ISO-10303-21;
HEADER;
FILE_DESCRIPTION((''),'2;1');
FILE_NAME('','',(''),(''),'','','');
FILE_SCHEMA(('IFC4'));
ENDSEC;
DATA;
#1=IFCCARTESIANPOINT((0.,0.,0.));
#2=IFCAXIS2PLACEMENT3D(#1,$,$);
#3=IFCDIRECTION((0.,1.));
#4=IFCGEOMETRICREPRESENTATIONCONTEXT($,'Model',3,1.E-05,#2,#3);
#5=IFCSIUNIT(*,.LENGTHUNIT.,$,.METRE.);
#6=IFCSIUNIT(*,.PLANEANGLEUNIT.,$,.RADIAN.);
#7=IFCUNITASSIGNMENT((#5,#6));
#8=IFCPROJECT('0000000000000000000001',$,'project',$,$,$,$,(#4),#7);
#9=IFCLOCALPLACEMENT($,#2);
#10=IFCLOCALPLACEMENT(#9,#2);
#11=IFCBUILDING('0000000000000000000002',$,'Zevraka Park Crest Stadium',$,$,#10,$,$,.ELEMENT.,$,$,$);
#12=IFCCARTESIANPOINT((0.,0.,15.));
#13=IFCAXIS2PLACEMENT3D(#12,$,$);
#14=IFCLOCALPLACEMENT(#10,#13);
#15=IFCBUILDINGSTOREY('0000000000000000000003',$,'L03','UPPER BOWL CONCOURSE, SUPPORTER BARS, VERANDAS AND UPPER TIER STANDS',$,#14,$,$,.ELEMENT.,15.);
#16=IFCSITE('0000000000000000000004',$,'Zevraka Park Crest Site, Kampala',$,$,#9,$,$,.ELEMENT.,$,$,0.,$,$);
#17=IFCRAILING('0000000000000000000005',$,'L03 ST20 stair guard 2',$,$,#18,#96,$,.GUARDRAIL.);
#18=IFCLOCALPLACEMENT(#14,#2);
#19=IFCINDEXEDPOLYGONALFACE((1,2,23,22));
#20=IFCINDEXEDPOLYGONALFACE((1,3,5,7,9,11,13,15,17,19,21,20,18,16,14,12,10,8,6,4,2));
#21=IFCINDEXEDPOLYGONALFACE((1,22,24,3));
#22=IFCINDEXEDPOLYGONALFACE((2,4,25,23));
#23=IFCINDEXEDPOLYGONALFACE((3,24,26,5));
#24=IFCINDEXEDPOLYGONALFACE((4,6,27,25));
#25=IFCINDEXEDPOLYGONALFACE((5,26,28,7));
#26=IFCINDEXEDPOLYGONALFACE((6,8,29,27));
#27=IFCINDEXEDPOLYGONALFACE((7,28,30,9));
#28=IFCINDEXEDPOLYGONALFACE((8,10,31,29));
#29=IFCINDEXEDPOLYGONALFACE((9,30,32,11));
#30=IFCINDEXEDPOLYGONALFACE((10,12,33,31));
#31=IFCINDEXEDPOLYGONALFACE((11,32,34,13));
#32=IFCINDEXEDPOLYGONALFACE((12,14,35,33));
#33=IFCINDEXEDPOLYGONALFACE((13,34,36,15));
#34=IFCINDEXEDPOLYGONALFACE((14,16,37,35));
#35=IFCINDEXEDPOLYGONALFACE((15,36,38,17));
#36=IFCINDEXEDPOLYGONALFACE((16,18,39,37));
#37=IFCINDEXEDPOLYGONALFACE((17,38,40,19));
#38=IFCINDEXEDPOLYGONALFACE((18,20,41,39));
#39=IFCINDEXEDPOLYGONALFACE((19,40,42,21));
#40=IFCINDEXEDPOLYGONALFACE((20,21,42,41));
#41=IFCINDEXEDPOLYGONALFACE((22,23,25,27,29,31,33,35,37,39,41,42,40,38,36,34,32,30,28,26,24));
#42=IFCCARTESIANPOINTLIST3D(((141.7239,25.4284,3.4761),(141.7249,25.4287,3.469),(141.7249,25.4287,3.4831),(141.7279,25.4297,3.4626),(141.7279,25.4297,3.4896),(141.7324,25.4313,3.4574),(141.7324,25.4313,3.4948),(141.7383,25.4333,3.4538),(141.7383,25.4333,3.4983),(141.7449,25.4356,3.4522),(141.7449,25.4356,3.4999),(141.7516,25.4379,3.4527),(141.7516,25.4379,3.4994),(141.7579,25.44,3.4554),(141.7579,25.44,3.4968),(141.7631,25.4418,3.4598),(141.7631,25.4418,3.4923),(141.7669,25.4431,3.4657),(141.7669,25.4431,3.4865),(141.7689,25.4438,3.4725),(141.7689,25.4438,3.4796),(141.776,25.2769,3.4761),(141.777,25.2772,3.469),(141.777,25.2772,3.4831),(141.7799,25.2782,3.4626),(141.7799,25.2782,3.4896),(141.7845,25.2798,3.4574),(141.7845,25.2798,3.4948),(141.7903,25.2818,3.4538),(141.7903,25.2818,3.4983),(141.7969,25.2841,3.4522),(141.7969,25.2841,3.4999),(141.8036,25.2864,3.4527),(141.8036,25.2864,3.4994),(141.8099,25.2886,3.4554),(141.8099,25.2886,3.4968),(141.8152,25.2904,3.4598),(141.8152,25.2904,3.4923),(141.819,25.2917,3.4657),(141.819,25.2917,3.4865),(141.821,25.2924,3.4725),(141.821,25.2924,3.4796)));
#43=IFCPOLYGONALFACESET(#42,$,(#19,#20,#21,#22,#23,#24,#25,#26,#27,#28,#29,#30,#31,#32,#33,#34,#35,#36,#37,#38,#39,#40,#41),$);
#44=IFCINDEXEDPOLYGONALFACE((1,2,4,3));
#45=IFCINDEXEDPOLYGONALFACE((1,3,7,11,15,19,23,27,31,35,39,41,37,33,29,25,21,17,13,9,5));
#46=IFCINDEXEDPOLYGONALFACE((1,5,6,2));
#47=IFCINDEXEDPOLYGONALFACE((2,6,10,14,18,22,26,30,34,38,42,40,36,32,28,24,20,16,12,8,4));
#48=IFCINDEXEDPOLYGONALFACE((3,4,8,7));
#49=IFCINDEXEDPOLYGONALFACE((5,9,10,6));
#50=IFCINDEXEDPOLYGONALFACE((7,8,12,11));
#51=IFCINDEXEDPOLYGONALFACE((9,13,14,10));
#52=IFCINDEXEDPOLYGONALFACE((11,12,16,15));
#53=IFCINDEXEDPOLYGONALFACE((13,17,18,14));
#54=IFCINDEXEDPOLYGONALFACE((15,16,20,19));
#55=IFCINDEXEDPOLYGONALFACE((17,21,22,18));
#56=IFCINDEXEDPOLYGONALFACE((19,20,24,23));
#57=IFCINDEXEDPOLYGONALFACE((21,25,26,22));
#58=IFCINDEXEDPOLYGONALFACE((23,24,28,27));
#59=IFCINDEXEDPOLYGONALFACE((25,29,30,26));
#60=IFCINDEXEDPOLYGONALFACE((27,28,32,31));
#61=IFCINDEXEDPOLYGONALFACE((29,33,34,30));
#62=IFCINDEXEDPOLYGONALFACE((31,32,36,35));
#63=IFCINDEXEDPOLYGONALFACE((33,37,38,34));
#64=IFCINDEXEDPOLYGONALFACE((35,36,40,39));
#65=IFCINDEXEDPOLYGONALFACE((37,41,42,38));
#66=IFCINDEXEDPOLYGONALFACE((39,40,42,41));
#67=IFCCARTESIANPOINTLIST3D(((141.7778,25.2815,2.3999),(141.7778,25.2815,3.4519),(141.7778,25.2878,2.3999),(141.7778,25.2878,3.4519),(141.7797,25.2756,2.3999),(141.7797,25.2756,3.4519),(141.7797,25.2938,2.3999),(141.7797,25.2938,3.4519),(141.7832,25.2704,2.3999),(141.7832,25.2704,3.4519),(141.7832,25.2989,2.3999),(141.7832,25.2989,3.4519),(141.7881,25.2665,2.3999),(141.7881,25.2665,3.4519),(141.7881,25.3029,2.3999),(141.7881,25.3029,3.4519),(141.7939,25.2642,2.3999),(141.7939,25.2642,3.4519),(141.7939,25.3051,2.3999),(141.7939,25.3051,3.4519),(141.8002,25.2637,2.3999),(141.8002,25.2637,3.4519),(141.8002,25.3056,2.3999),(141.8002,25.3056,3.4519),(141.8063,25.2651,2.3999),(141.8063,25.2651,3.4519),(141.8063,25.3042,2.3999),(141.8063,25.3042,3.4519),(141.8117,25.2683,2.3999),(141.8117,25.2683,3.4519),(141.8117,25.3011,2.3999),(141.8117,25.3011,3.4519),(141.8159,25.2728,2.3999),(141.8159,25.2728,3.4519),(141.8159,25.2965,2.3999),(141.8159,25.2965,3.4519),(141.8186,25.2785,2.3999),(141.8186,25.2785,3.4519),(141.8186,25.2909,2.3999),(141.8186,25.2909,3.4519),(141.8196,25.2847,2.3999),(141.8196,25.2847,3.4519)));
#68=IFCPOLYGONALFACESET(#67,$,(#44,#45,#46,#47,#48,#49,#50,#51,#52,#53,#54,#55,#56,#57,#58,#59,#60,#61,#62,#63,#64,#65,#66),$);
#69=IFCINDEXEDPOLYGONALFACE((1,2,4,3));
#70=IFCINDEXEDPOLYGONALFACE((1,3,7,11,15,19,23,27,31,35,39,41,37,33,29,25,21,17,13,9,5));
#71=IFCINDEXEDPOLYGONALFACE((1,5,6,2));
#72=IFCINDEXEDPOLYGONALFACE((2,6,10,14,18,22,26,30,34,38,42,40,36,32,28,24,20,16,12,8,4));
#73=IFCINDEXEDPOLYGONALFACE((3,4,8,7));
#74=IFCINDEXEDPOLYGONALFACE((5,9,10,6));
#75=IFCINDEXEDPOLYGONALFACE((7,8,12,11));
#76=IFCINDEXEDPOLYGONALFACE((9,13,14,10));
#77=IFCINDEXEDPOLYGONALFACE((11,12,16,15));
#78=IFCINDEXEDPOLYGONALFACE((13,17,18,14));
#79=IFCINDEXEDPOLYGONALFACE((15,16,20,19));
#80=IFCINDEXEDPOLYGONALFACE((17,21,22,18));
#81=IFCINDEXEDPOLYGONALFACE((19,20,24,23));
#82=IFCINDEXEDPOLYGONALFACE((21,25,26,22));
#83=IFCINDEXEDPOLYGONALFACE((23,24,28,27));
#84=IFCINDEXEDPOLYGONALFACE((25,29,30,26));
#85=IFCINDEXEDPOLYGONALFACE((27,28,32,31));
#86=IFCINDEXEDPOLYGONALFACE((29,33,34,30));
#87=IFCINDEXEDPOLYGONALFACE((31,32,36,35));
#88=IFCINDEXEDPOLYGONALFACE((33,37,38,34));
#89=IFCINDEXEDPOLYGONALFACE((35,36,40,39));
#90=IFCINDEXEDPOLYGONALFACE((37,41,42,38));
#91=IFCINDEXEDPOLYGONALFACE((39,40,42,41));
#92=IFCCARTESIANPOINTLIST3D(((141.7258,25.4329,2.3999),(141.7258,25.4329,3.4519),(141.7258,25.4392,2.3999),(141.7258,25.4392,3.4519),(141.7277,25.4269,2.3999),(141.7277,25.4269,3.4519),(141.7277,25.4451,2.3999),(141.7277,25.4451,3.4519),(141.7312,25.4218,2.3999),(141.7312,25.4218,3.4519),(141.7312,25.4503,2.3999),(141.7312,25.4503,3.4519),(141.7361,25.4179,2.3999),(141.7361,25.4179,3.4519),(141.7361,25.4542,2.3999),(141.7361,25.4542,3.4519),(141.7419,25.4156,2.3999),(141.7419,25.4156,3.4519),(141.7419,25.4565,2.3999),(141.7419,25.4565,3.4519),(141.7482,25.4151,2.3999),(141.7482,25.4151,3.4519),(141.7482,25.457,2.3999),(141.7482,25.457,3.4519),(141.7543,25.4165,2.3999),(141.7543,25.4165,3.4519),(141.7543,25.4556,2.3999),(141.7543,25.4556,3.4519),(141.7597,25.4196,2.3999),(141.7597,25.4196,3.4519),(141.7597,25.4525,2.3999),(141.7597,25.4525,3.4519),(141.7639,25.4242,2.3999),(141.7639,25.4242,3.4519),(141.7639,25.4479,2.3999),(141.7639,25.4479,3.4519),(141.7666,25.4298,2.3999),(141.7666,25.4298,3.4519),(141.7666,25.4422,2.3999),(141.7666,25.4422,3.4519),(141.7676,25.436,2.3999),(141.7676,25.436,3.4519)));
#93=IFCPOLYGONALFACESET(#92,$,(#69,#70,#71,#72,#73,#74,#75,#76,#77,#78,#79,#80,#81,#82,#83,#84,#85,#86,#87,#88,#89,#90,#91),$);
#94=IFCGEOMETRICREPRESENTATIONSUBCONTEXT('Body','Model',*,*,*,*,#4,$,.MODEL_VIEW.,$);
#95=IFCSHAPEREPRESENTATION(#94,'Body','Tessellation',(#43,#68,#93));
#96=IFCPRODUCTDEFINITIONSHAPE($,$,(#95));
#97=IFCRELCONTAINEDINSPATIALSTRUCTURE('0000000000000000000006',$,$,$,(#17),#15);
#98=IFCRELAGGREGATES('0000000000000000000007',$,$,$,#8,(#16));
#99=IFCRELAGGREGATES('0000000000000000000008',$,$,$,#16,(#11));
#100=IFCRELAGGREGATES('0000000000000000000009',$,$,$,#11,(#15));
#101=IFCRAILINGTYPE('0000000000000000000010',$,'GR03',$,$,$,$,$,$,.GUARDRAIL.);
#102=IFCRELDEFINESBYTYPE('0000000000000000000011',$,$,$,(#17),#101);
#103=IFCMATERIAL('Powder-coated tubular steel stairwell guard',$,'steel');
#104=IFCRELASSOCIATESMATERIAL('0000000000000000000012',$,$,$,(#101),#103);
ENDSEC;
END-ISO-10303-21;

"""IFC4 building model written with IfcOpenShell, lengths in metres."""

from ifc_helpers import new_model, si_unit, direction, frame, origin, origin_2d, place, context, subcontext, project, spatial, circle, extrude, material, type_object, element, save


model = new_model("IFC4")

# Units and contexts
model_context = context("Model", 3, precision=1e-05, world=origin(), true_north=direction((0.0, 1.0)))
body_context = subcontext(model_context, "Body", "Model", "MODEL_VIEW")
ifc_project = project(units=[si_unit("LENGTHUNIT", "METRE"), si_unit("PLANEANGLEUNIT", "RADIAN")], contexts=[model_context])

# Site, building, storey
site_placement = place(None, origin())
site = spatial("IfcSite", under=ifc_project, at=site_placement, Name="Zevraka Park Crest Site, Kampala", CompositionType="ELEMENT", RefElevation=0.0)
building_placement = place(site_placement, origin())
building = spatial("IfcBuilding", under=site, at=building_placement, Name="Zevraka Park Crest Stadium", CompositionType="ELEMENT")
storey_placement = place(building_placement, frame((0.0, 0.0, 15.0)))
storey = spatial("IfcBuildingStorey", under=building, at=storey_placement, Name="L03", Description="UPPER BOWL CONCOURSE, SUPPORTER BARS, VERANDAS AND UPPER TIER STANDS", CompositionType="ELEMENT", Elevation=15.0)

# Railing
ifc_material_1 = material(Name="Powder-coated tubular steel stairwell guard", Category="steel")
railing_type_1 = type_object("IfcRailingType", Name="GR03", PredefinedType="GUARDRAIL", material=ifc_material_1)
railing_1_placement = place(storey_placement, frame((141.7986, 25.2847, 2.3999)))
element("IfcRailing", 1, at=railing_1_placement, inside=storey, type_object=railing_type_1, Name="L03 ST20 stair guard 2", PredefinedType="GUARDRAIL", context=body_context, shape_type="SweptSolid", body=[
    extrude(circle(Radius=0.0239, at=origin_2d()), frame((0.0, 0.0, 1.0762), z_axis=(-0.324909, 0.945745, 0.0), x_axis=(-0.945745, -0.324909, 0.0)), (0.0, 0.0, 1.0), 0.1602),
    extrude(circle(Radius=0.021, at=origin_2d()), origin(), (0.0, 0.0, 1.0), 1.052),
    extrude(circle(Radius=0.021, at=origin_2d()), frame((-0.052, 0.1514, 0.0)), (0.0, 0.0, 1.0), 1.052),
])

save(model, "model.ifc")
